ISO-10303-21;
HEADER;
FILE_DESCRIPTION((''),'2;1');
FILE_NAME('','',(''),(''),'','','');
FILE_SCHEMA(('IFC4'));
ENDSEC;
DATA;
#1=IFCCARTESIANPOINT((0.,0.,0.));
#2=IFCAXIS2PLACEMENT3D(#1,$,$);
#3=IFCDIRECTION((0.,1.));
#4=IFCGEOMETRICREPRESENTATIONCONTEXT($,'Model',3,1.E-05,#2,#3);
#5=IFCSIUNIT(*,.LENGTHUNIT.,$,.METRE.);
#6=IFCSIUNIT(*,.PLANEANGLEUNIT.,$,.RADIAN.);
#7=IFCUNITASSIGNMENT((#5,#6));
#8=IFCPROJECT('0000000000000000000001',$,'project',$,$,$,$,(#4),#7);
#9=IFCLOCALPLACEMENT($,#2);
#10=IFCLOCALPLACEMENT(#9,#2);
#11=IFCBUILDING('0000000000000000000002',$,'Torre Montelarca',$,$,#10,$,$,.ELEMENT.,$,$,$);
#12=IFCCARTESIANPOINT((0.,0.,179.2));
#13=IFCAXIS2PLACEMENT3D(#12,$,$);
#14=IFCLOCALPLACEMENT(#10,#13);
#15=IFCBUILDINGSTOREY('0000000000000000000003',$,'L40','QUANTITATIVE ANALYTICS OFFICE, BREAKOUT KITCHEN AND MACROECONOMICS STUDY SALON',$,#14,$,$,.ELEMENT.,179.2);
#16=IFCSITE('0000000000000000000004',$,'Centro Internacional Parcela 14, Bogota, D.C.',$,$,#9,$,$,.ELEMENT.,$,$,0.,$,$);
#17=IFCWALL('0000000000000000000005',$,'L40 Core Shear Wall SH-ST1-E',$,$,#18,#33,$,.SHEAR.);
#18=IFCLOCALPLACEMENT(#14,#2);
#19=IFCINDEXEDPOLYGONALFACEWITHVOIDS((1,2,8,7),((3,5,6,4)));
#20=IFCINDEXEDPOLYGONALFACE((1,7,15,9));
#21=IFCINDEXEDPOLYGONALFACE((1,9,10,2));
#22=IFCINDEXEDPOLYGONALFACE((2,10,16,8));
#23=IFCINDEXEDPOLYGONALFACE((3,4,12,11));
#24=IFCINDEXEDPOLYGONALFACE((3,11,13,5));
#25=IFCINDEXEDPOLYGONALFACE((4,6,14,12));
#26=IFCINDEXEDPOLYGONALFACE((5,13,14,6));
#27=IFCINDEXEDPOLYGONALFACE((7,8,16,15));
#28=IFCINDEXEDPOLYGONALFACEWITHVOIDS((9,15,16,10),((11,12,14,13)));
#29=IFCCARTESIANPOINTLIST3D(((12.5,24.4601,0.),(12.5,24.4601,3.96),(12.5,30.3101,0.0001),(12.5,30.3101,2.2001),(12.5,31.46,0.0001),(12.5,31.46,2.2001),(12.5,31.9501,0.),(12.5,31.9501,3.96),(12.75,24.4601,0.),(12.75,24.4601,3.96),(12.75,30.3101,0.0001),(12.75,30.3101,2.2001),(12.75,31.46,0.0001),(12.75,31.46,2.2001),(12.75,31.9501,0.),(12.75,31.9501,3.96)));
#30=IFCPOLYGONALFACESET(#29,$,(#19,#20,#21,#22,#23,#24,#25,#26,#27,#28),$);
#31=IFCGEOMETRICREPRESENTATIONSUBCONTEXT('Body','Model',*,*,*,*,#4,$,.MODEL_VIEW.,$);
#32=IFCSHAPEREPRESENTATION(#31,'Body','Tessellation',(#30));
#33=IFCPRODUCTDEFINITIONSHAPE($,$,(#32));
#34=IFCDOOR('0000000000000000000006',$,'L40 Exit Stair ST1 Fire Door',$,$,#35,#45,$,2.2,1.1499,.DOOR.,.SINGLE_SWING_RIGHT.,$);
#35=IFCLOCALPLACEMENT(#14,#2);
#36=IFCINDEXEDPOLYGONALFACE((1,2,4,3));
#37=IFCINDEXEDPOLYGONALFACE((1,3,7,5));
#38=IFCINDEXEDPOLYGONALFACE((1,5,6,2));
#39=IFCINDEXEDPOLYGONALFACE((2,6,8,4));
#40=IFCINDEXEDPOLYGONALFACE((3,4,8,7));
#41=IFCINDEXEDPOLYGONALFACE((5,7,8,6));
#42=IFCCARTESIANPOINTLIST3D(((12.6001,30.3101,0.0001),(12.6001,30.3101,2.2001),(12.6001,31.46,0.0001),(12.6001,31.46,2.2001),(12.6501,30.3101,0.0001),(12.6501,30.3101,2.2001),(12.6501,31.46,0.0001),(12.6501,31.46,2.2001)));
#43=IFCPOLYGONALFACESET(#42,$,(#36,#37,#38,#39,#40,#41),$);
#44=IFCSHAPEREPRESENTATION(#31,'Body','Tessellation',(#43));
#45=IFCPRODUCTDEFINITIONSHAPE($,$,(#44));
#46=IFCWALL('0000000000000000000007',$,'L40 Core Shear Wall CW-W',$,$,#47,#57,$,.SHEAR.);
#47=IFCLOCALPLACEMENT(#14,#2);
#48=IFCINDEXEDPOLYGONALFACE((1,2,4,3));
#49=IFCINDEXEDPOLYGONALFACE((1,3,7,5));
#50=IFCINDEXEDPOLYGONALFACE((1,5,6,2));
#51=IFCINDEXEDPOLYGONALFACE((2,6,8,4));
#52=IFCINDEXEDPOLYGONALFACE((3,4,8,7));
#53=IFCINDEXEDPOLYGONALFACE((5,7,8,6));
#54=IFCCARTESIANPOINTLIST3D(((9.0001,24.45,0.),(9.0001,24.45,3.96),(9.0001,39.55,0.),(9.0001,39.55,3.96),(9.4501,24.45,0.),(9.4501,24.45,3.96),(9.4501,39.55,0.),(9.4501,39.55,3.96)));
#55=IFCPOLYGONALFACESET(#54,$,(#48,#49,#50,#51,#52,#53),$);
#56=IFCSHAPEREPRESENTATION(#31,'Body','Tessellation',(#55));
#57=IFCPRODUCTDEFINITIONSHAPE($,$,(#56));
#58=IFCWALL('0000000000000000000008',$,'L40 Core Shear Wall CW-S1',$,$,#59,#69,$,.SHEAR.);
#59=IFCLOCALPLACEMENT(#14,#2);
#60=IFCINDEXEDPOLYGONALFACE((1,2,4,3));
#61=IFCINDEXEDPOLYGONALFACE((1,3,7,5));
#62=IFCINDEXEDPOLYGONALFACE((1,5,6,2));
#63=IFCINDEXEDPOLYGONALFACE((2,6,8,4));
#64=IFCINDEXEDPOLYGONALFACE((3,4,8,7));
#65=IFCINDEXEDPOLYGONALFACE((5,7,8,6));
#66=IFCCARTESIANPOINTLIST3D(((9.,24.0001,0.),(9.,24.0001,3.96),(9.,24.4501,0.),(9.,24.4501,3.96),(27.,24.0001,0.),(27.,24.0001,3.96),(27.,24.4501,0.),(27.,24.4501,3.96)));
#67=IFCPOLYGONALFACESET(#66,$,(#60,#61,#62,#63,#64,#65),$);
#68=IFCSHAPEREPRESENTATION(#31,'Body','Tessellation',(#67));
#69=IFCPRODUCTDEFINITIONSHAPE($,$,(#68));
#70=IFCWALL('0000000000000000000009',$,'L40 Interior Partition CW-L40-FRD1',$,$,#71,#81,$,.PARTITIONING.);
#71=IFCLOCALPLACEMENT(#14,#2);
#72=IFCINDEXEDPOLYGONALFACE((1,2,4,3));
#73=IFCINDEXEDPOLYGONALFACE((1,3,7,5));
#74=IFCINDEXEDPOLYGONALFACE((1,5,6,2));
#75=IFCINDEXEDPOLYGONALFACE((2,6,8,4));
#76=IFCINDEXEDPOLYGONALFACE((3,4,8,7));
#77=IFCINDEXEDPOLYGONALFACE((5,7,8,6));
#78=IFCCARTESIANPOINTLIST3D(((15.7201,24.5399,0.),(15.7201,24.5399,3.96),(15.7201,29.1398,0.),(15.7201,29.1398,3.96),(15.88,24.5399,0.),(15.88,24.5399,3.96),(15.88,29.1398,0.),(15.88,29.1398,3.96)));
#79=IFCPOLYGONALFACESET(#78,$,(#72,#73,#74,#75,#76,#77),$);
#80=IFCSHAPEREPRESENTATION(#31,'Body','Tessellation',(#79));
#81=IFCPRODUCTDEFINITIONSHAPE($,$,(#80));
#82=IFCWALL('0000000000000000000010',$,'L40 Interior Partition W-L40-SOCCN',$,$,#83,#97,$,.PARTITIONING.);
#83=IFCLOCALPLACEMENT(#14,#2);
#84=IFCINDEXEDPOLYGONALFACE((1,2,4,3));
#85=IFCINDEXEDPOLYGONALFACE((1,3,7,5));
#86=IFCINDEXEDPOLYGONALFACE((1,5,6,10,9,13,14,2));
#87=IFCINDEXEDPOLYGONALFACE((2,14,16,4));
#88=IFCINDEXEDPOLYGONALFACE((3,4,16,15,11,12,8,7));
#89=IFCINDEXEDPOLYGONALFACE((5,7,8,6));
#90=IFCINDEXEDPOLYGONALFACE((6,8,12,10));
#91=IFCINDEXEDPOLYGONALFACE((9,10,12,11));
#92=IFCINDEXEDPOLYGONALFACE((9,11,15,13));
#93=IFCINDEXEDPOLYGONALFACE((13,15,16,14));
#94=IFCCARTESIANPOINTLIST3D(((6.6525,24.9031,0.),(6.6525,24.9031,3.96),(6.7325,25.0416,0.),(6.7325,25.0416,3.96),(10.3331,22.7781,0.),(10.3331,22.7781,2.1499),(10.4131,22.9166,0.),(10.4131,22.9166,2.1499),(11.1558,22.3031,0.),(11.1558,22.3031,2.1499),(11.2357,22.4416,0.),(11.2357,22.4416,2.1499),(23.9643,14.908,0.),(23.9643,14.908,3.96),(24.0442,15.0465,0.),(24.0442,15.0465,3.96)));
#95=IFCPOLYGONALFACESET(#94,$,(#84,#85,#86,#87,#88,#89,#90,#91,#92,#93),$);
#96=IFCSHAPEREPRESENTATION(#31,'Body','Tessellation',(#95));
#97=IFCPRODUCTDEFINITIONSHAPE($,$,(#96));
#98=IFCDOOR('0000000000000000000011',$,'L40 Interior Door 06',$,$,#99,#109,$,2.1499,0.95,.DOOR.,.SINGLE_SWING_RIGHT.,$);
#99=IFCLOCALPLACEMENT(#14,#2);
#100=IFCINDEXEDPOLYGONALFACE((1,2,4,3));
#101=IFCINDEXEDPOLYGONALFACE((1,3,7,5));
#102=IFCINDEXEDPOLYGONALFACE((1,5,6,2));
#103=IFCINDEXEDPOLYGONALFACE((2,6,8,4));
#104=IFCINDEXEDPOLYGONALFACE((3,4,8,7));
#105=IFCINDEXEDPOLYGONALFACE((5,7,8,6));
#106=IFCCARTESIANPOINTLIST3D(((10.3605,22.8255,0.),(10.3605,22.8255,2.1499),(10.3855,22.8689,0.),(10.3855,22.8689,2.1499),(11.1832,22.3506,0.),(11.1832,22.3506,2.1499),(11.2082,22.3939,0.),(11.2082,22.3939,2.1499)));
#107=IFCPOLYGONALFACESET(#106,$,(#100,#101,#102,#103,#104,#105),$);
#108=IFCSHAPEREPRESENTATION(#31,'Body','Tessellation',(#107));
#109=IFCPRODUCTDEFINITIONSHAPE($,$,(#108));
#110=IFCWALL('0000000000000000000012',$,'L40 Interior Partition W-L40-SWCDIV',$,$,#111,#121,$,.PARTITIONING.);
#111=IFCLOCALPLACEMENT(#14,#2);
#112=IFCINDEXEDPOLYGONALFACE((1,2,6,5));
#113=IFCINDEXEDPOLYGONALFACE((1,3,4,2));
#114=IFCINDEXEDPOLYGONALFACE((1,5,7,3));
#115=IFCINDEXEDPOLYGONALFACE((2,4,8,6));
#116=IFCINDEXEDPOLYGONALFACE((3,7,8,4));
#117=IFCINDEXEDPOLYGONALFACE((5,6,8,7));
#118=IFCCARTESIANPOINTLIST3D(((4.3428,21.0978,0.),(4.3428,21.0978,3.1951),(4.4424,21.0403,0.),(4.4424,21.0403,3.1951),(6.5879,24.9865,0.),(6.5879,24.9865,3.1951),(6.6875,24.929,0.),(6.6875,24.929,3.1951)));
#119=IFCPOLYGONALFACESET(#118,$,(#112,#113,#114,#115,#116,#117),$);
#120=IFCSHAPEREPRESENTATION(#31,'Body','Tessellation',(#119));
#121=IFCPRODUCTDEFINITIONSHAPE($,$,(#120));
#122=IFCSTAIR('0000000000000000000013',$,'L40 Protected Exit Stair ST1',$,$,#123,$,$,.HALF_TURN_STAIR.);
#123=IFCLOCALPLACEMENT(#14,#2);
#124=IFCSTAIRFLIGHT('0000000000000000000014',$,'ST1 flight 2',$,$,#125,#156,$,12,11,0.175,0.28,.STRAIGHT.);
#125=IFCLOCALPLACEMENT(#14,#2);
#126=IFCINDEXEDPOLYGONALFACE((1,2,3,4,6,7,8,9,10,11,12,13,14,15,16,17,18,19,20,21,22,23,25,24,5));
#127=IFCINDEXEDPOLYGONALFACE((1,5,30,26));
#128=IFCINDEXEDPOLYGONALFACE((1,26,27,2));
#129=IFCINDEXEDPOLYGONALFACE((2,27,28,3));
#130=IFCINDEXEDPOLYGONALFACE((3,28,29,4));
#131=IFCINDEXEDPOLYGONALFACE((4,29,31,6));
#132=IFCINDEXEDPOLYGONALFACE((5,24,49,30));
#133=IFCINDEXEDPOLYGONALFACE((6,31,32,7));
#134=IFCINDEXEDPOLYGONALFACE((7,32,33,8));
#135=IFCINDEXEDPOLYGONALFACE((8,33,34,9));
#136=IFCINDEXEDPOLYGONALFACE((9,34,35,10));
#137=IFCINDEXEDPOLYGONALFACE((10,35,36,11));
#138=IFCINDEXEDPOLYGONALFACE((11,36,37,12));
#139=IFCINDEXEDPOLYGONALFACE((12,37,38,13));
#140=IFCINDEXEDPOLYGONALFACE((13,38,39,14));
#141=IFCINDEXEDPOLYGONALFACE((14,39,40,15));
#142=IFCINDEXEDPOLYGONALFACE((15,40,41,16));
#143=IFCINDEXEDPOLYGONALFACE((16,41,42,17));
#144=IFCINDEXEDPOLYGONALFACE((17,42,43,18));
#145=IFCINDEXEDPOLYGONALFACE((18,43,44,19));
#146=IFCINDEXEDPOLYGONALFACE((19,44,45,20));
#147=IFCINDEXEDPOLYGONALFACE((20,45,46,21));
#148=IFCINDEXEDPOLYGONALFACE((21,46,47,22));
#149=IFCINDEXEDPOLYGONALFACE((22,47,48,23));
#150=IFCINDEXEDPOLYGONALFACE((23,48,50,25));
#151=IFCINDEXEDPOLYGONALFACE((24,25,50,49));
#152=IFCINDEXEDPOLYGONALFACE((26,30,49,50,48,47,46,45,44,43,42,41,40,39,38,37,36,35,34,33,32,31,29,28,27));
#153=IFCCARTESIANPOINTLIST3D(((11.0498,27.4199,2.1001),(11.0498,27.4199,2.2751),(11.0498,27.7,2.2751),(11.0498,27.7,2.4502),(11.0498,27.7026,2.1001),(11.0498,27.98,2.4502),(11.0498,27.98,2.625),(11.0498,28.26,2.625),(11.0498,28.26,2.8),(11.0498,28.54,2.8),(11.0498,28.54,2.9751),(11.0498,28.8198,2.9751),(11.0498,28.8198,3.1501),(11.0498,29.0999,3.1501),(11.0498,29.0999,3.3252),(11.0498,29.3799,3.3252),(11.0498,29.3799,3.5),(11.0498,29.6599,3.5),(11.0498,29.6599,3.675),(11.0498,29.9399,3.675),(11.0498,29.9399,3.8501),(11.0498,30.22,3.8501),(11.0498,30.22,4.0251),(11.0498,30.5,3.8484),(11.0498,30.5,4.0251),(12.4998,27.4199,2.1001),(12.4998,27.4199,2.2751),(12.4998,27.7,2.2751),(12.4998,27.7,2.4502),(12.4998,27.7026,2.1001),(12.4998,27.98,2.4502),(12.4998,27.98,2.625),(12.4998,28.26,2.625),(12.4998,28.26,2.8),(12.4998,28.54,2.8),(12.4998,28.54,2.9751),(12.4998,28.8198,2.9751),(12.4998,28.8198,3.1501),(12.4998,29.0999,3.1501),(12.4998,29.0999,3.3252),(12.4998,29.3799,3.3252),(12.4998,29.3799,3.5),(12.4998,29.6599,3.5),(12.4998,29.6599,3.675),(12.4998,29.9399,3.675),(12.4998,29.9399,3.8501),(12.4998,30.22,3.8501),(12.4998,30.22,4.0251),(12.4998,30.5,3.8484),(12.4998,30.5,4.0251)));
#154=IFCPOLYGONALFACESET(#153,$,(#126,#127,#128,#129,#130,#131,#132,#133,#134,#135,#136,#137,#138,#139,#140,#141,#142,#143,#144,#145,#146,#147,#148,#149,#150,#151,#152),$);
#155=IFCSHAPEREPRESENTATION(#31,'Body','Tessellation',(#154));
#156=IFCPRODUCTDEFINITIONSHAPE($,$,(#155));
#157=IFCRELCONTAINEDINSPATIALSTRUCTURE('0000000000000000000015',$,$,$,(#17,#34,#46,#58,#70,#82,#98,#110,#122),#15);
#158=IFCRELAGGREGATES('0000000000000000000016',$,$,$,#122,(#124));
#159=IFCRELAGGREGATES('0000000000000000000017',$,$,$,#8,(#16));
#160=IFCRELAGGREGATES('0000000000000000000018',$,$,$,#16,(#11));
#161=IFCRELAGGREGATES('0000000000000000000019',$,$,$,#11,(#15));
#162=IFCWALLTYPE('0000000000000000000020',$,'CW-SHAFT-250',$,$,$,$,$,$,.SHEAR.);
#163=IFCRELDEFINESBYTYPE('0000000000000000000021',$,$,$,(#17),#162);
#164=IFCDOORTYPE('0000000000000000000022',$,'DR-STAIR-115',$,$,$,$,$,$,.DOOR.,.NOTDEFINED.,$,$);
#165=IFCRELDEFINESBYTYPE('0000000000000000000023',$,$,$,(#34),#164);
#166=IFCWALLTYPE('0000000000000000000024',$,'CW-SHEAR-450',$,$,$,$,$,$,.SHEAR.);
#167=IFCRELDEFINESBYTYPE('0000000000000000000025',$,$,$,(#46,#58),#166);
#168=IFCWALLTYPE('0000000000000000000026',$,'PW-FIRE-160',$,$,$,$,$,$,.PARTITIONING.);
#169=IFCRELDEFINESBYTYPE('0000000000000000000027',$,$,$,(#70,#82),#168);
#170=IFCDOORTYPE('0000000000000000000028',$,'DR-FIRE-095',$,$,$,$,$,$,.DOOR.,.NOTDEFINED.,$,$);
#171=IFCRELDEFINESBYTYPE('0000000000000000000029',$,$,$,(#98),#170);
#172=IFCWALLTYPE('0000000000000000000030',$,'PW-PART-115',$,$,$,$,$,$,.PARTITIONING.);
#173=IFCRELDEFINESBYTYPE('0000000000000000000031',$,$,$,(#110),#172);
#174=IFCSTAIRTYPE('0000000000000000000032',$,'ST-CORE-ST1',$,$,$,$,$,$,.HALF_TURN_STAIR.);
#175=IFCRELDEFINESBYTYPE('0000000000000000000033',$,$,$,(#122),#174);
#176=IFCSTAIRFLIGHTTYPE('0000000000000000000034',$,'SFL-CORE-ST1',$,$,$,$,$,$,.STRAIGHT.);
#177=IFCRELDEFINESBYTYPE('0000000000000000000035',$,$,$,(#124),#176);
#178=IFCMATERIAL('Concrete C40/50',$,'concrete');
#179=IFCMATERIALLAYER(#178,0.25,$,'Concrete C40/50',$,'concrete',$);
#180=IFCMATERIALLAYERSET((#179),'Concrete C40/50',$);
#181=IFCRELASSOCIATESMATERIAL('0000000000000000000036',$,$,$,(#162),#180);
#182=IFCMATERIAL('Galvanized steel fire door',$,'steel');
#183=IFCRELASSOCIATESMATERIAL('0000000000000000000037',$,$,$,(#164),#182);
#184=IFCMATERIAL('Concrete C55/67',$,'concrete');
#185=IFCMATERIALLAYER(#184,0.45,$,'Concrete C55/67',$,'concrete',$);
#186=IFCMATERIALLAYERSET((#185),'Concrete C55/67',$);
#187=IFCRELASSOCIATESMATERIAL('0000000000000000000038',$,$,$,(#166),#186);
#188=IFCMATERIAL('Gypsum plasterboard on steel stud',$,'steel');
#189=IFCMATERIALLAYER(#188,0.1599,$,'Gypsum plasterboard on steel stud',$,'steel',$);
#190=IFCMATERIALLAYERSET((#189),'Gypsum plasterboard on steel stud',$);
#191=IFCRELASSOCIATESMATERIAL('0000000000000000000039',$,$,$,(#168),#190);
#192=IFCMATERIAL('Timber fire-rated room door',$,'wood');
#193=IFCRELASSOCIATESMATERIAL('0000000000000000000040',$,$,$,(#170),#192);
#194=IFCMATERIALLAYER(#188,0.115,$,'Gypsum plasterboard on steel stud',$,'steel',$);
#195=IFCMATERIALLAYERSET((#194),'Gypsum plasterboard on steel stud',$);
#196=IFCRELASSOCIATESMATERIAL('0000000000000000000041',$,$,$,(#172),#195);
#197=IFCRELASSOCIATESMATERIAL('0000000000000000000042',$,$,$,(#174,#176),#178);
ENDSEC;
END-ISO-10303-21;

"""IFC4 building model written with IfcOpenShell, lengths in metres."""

from ifc_helpers import new_model, si_unit, direction, frame, frame_2d, origin, place, context, subcontext, project, spatial, polyline, rectangle, outline, extrude, source, transform, mapped, material, layer, layer_set, type_object, element, fill, aggregate, save


model = new_model("IFC4")

# Units and contexts
model_context = context("Model", 3, precision=1e-05, world=origin(), true_north=direction((0.0, 1.0)))
body_context = subcontext(model_context, "Body", "Model", "MODEL_VIEW")
ifc_project = project(units=[si_unit("LENGTHUNIT", "METRE"), si_unit("PLANEANGLEUNIT", "RADIAN")], contexts=[model_context])

# Site, building, storey
site_placement = place(None, origin())
site = spatial("IfcSite", under=ifc_project, at=site_placement, Name="Centro Internacional Parcela 14, Bogota, D.C.", CompositionType="ELEMENT", RefElevation=0.0)
building_placement = place(site_placement, origin())
building = spatial("IfcBuilding", under=site, at=building_placement, Name="Torre Montelarca", CompositionType="ELEMENT")
storey_placement = place(building_placement, frame((0.0, 0.0, 179.2)))
storey = spatial("IfcBuildingStorey", under=building, at=storey_placement, Name="L40", Description="QUANTITATIVE ANALYTICS OFFICE, BREAKOUT KITCHEN AND MACROECONOMICS STUDY SALON", CompositionType="ELEMENT", Elevation=179.2)

# Shared definitions
ifc_material_1 = material(Name="Concrete C55/67", Category="concrete")

# Wall, opening, door
ifc_material_2 = material(Name="Concrete C40/50", Category="concrete")
ifc_layer_1 = layer(ifc_material_2, 0.25, Name="Concrete C40/50", Category="concrete")
ifc_layer_set_1 = layer_set([ifc_layer_1], Name="Concrete C40/50")
wall_type_1 = type_object("IfcWallType", Name="CW-SHAFT-250", PredefinedType="SHEAR", material=ifc_layer_set_1)
wall_1_placement = place(storey_placement, frame((12.625, 24.46, 0.0), z_axis=(0.0, 0.0, 1.0), x_axis=(0.0, 1.0, 0.0)))
wall_1 = element("IfcWall", 1, at=wall_1_placement, inside=storey, type_object=wall_type_1, Name="L40 Core Shear Wall SH-ST1-E", PredefinedType="SHEAR", context=body_context, shape_type="SweptSolid", body=[
    extrude(rectangle(XDim=7.49, YDim=0.25, at=frame_2d((3.7451, 0.0))), origin(), (0.0, 0.0, 1.0), 3.96),
])
opening_1_placement = place(wall_1_placement, frame((5.8501, 0.0, 0.0)))
opening_1 = element("IfcOpeningElement", 2, at=opening_1_placement, cuts=wall_1, PredefinedType="OPENING", context=body_context, shape_type="SweptSolid", body=[
    extrude(rectangle(XDim=1.1499, YDim=2.2, at=frame_2d((0.575, 1.1001))), frame((0.0, 0.135, 0.0), z_axis=(0.0, -1.0, 0.0), x_axis=(1.0, 0.0, 0.0)), (0.0, 0.0, 1.0), 0.27),
])
ifc_material_3 = material(Name="Galvanized steel fire door", Category="steel")
door_type_1 = type_object("IfcDoorType", Name="DR-STAIR-115", OperationType="NOTDEFINED", PredefinedType="DOOR", material=ifc_material_3)
shared_shape_1 = source(origin(), body_context, "Body", "SweptSolid", [
    extrude(rectangle(XDim=1.1499, YDim=2.2, at=frame_2d((0.575, 1.1001))), frame((0.0, 0.0249, 0.0), z_axis=(0.0, -1.0, 0.0), x_axis=(1.0, 0.0, 0.0)), (0.0, 0.0, 1.0), 0.05),
])
door_1_placement = place(opening_1_placement, origin())
door_1 = element("IfcDoor", 3, at=door_1_placement, inside=storey, type_object=door_type_1, Name="L40 Exit Stair ST1 Fire Door", OperationType="SINGLE_SWING_RIGHT", OverallHeight=2.2, OverallWidth=1.1499, PredefinedType="DOOR", context=body_context, shape_type="MappedRepresentation", body=[
    mapped(shared_shape_1, transform((0.0, 0.0, 0.0), scale=1.0)),
])
fill(opening_1, door_1)

# Walls
ifc_layer_2 = layer(ifc_material_1, 0.45, Name="Concrete C55/67", Category="concrete")
ifc_layer_set_2 = layer_set([ifc_layer_2], Name="Concrete C55/67")
wall_type_2 = type_object("IfcWallType", Name="CW-SHEAR-450", PredefinedType="SHEAR", material=ifc_layer_set_2)
wall_2_placement = place(storey_placement, frame((9.2251, 24.45, 0.0), z_axis=(0.0, 0.0, 1.0), x_axis=(0.0, 1.0, 0.0)))
element("IfcWall", 4, at=wall_2_placement, inside=storey, type_object=wall_type_2, Name="L40 Core Shear Wall CW-W", PredefinedType="SHEAR", context=body_context, shape_type="SweptSolid", body=[
    extrude(rectangle(XDim=15.1001, YDim=0.45, at=frame_2d((7.55, 0.0))), origin(), (0.0, 0.0, 1.0), 3.96),
])
wall_3_placement = place(storey_placement, frame((9.0, 24.2251, 0.0), z_axis=(0.0, 0.0, 1.0), x_axis=(1.0, 0.0, 0.0)))
element("IfcWall", 5, at=wall_3_placement, inside=storey, type_object=wall_type_2, Name="L40 Core Shear Wall CW-S1", PredefinedType="SHEAR", context=body_context, shape_type="SweptSolid", body=[
    extrude(rectangle(XDim=18.0, YDim=0.45, at=frame_2d((9.0, 0.0))), origin(), (0.0, 0.0, 1.0), 3.96),
])
ifc_material_4 = material(Name="Gypsum plasterboard on steel stud", Category="steel")
ifc_layer_3 = layer(ifc_material_4, 0.1599, Name="Gypsum plasterboard on steel stud", Category="steel")
ifc_layer_set_3 = layer_set([ifc_layer_3], Name="Gypsum plasterboard on steel stud")
wall_type_3 = type_object("IfcWallType", Name="PW-FIRE-160", PredefinedType="PARTITIONING", material=ifc_layer_set_3)
wall_4_placement = place(storey_placement, frame((15.8, 24.54, 0.0), z_axis=(0.0, 0.0, 1.0), x_axis=(0.0, 1.0, 0.0)))
element("IfcWall", 6, at=wall_4_placement, inside=storey, type_object=wall_type_3, Name="L40 Interior Partition CW-L40-FRD1", PredefinedType="PARTITIONING", context=body_context, shape_type="SweptSolid", body=[
    extrude(rectangle(XDim=4.5999, YDim=0.1599, at=frame_2d((2.2998, 0.0))), origin(), (0.0, 0.0, 1.0), 3.96),
])

# Wall, opening, door
wall_5_placement = place(storey_placement, frame((6.6924, 24.9724, 0.0), z_axis=(0.0, 0.0, 1.0), x_axis=(0.866022, -0.500006, 0.0)))
wall_5 = element("IfcWall", 7, at=wall_5_placement, inside=storey, type_object=wall_type_3, Name="L40 Interior Partition W-L40-SOCCN", PredefinedType="PARTITIONING", context=body_context, shape_type="SweptSolid", body=[
    extrude(rectangle(XDim=19.99, YDim=0.1599, at=frame_2d((9.9951, 0.0))), origin(), (0.0, 0.0, 1.0), 3.96),
])
opening_2_placement = place(wall_5_placement, frame((4.25, 0.0, 0.0)))
opening_2 = element("IfcOpeningElement", 8, at=opening_2_placement, cuts=wall_5, PredefinedType="OPENING", context=body_context, shape_type="SweptSolid", body=[
    extrude(rectangle(XDim=0.95, YDim=2.1499, at=frame_2d((0.4751, 1.075))), frame((0.0, 0.0898, 0.0), z_axis=(0.0, -1.0, 0.0), x_axis=(1.0, 0.0, 0.0)), (0.0, 0.0, 1.0), 0.1799),
])
ifc_material_5 = material(Name="Timber fire-rated room door", Category="wood")
door_type_2 = type_object("IfcDoorType", Name="DR-FIRE-095", OperationType="NOTDEFINED", PredefinedType="DOOR", material=ifc_material_5)
shared_shape_2 = source(origin(), body_context, "Body", "SweptSolid", [
    extrude(rectangle(XDim=0.95, YDim=2.1499, at=frame_2d((0.4751, 1.075))), frame((0.0, 0.0249, 0.0), z_axis=(0.0, -1.0, 0.0), x_axis=(1.0, 0.0, 0.0)), (0.0, 0.0, 1.0), 0.05),
])
door_2_placement = place(opening_2_placement, origin())
door_2 = element("IfcDoor", 9, at=door_2_placement, inside=storey, type_object=door_type_2, Name="L40 Interior Door 06", OperationType="SINGLE_SWING_RIGHT", OverallHeight=2.1499, OverallWidth=0.95, PredefinedType="DOOR", context=body_context, shape_type="MappedRepresentation", body=[
    mapped(shared_shape_2, transform((0.0, 0.0, 0.0), scale=1.0)),
])
fill(opening_2, door_2)

# Wall
ifc_layer_4 = layer(ifc_material_4, 0.115, Name="Gypsum plasterboard on steel stud", Category="steel")
ifc_layer_set_4 = layer_set([ifc_layer_4], Name="Gypsum plasterboard on steel stud")
wall_type_4 = type_object("IfcWallType", Name="PW-PART-115", PredefinedType="PARTITIONING", material=ifc_layer_set_4)
wall_6_placement = place(storey_placement, frame((4.3926, 21.0691, 0.0), z_axis=(0.0, 0.0, 1.0), x_axis=(0.499999, 0.866026, 0.0)))
element("IfcWall", 10, at=wall_6_placement, inside=storey, type_object=wall_type_4, Name="L40 Interior Partition W-L40-SWCDIV", PredefinedType="PARTITIONING", context=body_context, shape_type="SweptSolid", body=[
    extrude(rectangle(XDim=4.4902, YDim=0.115, at=frame_2d((2.2451, 0.0))), origin(), (0.0, 0.0, 1.0), 3.1951),
])

# Stair, stair flight
stair_type = type_object("IfcStairType", Name="ST-CORE-ST1", PredefinedType="HALF_TURN_STAIR", material=ifc_material_2)
stair_placement = place(storey_placement, origin())
stair = element("IfcStair", 11, at=stair_placement, inside=storey, type_object=stair_type, Name="L40 Protected Exit Stair ST1", PredefinedType="HALF_TURN_STAIR")
stair_flight_type = type_object("IfcStairFlightType", Name="SFL-CORE-ST1", PredefinedType="STRAIGHT", material=ifc_material_2)
stair_flight_placement = place(storey_placement, frame((11.7749, 27.4199, 2.1001), z_axis=(0.0, 0.0, 1.0), x_axis=(0.0, 1.0, 0.0)))
stair_flight = element("IfcStairFlight", 12, at=stair_flight_placement, type_object=stair_flight_type, Name="ST1 flight 2", NumberOfRisers=12, NumberOfTreads=11, PredefinedType="STRAIGHT", RiserHeight=0.175, TreadLength=0.28, context=body_context, shape_type="SweptSolid", body=[
    extrude(outline(polyline([(0.0, 0.0), (0.0, 0.175), (0.28, 0.175), (0.28, 0.3501), (0.5601, 0.3501), (0.5601, 0.5249), (0.8401, 0.5249), (0.8401, 0.7), (1.1201, 0.7), (1.1201, 0.875), (1.3999, 0.875), (1.3999, 1.05), (1.6799, 1.05), (1.6799, 1.2251), (1.96, 1.2251), (1.96, 1.3999), (2.24, 1.3999), (2.24, 1.575), (2.52, 1.575), (2.52, 1.75), (2.8, 1.75), (2.8, 1.925), (3.0801, 1.925), (3.0801, 2.1001), (3.0801, 1.7483), (0.2827, 0.0), (0.0, 0.0)])), frame((0.0, 0.7251, 0.0), z_axis=(0.0, -1.0, 0.0), x_axis=(1.0, 0.0, 0.0)), (0.0, 0.0, 1.0), 1.45),
])
aggregate(stair, [stair_flight])

save(model, "model.ifc")
